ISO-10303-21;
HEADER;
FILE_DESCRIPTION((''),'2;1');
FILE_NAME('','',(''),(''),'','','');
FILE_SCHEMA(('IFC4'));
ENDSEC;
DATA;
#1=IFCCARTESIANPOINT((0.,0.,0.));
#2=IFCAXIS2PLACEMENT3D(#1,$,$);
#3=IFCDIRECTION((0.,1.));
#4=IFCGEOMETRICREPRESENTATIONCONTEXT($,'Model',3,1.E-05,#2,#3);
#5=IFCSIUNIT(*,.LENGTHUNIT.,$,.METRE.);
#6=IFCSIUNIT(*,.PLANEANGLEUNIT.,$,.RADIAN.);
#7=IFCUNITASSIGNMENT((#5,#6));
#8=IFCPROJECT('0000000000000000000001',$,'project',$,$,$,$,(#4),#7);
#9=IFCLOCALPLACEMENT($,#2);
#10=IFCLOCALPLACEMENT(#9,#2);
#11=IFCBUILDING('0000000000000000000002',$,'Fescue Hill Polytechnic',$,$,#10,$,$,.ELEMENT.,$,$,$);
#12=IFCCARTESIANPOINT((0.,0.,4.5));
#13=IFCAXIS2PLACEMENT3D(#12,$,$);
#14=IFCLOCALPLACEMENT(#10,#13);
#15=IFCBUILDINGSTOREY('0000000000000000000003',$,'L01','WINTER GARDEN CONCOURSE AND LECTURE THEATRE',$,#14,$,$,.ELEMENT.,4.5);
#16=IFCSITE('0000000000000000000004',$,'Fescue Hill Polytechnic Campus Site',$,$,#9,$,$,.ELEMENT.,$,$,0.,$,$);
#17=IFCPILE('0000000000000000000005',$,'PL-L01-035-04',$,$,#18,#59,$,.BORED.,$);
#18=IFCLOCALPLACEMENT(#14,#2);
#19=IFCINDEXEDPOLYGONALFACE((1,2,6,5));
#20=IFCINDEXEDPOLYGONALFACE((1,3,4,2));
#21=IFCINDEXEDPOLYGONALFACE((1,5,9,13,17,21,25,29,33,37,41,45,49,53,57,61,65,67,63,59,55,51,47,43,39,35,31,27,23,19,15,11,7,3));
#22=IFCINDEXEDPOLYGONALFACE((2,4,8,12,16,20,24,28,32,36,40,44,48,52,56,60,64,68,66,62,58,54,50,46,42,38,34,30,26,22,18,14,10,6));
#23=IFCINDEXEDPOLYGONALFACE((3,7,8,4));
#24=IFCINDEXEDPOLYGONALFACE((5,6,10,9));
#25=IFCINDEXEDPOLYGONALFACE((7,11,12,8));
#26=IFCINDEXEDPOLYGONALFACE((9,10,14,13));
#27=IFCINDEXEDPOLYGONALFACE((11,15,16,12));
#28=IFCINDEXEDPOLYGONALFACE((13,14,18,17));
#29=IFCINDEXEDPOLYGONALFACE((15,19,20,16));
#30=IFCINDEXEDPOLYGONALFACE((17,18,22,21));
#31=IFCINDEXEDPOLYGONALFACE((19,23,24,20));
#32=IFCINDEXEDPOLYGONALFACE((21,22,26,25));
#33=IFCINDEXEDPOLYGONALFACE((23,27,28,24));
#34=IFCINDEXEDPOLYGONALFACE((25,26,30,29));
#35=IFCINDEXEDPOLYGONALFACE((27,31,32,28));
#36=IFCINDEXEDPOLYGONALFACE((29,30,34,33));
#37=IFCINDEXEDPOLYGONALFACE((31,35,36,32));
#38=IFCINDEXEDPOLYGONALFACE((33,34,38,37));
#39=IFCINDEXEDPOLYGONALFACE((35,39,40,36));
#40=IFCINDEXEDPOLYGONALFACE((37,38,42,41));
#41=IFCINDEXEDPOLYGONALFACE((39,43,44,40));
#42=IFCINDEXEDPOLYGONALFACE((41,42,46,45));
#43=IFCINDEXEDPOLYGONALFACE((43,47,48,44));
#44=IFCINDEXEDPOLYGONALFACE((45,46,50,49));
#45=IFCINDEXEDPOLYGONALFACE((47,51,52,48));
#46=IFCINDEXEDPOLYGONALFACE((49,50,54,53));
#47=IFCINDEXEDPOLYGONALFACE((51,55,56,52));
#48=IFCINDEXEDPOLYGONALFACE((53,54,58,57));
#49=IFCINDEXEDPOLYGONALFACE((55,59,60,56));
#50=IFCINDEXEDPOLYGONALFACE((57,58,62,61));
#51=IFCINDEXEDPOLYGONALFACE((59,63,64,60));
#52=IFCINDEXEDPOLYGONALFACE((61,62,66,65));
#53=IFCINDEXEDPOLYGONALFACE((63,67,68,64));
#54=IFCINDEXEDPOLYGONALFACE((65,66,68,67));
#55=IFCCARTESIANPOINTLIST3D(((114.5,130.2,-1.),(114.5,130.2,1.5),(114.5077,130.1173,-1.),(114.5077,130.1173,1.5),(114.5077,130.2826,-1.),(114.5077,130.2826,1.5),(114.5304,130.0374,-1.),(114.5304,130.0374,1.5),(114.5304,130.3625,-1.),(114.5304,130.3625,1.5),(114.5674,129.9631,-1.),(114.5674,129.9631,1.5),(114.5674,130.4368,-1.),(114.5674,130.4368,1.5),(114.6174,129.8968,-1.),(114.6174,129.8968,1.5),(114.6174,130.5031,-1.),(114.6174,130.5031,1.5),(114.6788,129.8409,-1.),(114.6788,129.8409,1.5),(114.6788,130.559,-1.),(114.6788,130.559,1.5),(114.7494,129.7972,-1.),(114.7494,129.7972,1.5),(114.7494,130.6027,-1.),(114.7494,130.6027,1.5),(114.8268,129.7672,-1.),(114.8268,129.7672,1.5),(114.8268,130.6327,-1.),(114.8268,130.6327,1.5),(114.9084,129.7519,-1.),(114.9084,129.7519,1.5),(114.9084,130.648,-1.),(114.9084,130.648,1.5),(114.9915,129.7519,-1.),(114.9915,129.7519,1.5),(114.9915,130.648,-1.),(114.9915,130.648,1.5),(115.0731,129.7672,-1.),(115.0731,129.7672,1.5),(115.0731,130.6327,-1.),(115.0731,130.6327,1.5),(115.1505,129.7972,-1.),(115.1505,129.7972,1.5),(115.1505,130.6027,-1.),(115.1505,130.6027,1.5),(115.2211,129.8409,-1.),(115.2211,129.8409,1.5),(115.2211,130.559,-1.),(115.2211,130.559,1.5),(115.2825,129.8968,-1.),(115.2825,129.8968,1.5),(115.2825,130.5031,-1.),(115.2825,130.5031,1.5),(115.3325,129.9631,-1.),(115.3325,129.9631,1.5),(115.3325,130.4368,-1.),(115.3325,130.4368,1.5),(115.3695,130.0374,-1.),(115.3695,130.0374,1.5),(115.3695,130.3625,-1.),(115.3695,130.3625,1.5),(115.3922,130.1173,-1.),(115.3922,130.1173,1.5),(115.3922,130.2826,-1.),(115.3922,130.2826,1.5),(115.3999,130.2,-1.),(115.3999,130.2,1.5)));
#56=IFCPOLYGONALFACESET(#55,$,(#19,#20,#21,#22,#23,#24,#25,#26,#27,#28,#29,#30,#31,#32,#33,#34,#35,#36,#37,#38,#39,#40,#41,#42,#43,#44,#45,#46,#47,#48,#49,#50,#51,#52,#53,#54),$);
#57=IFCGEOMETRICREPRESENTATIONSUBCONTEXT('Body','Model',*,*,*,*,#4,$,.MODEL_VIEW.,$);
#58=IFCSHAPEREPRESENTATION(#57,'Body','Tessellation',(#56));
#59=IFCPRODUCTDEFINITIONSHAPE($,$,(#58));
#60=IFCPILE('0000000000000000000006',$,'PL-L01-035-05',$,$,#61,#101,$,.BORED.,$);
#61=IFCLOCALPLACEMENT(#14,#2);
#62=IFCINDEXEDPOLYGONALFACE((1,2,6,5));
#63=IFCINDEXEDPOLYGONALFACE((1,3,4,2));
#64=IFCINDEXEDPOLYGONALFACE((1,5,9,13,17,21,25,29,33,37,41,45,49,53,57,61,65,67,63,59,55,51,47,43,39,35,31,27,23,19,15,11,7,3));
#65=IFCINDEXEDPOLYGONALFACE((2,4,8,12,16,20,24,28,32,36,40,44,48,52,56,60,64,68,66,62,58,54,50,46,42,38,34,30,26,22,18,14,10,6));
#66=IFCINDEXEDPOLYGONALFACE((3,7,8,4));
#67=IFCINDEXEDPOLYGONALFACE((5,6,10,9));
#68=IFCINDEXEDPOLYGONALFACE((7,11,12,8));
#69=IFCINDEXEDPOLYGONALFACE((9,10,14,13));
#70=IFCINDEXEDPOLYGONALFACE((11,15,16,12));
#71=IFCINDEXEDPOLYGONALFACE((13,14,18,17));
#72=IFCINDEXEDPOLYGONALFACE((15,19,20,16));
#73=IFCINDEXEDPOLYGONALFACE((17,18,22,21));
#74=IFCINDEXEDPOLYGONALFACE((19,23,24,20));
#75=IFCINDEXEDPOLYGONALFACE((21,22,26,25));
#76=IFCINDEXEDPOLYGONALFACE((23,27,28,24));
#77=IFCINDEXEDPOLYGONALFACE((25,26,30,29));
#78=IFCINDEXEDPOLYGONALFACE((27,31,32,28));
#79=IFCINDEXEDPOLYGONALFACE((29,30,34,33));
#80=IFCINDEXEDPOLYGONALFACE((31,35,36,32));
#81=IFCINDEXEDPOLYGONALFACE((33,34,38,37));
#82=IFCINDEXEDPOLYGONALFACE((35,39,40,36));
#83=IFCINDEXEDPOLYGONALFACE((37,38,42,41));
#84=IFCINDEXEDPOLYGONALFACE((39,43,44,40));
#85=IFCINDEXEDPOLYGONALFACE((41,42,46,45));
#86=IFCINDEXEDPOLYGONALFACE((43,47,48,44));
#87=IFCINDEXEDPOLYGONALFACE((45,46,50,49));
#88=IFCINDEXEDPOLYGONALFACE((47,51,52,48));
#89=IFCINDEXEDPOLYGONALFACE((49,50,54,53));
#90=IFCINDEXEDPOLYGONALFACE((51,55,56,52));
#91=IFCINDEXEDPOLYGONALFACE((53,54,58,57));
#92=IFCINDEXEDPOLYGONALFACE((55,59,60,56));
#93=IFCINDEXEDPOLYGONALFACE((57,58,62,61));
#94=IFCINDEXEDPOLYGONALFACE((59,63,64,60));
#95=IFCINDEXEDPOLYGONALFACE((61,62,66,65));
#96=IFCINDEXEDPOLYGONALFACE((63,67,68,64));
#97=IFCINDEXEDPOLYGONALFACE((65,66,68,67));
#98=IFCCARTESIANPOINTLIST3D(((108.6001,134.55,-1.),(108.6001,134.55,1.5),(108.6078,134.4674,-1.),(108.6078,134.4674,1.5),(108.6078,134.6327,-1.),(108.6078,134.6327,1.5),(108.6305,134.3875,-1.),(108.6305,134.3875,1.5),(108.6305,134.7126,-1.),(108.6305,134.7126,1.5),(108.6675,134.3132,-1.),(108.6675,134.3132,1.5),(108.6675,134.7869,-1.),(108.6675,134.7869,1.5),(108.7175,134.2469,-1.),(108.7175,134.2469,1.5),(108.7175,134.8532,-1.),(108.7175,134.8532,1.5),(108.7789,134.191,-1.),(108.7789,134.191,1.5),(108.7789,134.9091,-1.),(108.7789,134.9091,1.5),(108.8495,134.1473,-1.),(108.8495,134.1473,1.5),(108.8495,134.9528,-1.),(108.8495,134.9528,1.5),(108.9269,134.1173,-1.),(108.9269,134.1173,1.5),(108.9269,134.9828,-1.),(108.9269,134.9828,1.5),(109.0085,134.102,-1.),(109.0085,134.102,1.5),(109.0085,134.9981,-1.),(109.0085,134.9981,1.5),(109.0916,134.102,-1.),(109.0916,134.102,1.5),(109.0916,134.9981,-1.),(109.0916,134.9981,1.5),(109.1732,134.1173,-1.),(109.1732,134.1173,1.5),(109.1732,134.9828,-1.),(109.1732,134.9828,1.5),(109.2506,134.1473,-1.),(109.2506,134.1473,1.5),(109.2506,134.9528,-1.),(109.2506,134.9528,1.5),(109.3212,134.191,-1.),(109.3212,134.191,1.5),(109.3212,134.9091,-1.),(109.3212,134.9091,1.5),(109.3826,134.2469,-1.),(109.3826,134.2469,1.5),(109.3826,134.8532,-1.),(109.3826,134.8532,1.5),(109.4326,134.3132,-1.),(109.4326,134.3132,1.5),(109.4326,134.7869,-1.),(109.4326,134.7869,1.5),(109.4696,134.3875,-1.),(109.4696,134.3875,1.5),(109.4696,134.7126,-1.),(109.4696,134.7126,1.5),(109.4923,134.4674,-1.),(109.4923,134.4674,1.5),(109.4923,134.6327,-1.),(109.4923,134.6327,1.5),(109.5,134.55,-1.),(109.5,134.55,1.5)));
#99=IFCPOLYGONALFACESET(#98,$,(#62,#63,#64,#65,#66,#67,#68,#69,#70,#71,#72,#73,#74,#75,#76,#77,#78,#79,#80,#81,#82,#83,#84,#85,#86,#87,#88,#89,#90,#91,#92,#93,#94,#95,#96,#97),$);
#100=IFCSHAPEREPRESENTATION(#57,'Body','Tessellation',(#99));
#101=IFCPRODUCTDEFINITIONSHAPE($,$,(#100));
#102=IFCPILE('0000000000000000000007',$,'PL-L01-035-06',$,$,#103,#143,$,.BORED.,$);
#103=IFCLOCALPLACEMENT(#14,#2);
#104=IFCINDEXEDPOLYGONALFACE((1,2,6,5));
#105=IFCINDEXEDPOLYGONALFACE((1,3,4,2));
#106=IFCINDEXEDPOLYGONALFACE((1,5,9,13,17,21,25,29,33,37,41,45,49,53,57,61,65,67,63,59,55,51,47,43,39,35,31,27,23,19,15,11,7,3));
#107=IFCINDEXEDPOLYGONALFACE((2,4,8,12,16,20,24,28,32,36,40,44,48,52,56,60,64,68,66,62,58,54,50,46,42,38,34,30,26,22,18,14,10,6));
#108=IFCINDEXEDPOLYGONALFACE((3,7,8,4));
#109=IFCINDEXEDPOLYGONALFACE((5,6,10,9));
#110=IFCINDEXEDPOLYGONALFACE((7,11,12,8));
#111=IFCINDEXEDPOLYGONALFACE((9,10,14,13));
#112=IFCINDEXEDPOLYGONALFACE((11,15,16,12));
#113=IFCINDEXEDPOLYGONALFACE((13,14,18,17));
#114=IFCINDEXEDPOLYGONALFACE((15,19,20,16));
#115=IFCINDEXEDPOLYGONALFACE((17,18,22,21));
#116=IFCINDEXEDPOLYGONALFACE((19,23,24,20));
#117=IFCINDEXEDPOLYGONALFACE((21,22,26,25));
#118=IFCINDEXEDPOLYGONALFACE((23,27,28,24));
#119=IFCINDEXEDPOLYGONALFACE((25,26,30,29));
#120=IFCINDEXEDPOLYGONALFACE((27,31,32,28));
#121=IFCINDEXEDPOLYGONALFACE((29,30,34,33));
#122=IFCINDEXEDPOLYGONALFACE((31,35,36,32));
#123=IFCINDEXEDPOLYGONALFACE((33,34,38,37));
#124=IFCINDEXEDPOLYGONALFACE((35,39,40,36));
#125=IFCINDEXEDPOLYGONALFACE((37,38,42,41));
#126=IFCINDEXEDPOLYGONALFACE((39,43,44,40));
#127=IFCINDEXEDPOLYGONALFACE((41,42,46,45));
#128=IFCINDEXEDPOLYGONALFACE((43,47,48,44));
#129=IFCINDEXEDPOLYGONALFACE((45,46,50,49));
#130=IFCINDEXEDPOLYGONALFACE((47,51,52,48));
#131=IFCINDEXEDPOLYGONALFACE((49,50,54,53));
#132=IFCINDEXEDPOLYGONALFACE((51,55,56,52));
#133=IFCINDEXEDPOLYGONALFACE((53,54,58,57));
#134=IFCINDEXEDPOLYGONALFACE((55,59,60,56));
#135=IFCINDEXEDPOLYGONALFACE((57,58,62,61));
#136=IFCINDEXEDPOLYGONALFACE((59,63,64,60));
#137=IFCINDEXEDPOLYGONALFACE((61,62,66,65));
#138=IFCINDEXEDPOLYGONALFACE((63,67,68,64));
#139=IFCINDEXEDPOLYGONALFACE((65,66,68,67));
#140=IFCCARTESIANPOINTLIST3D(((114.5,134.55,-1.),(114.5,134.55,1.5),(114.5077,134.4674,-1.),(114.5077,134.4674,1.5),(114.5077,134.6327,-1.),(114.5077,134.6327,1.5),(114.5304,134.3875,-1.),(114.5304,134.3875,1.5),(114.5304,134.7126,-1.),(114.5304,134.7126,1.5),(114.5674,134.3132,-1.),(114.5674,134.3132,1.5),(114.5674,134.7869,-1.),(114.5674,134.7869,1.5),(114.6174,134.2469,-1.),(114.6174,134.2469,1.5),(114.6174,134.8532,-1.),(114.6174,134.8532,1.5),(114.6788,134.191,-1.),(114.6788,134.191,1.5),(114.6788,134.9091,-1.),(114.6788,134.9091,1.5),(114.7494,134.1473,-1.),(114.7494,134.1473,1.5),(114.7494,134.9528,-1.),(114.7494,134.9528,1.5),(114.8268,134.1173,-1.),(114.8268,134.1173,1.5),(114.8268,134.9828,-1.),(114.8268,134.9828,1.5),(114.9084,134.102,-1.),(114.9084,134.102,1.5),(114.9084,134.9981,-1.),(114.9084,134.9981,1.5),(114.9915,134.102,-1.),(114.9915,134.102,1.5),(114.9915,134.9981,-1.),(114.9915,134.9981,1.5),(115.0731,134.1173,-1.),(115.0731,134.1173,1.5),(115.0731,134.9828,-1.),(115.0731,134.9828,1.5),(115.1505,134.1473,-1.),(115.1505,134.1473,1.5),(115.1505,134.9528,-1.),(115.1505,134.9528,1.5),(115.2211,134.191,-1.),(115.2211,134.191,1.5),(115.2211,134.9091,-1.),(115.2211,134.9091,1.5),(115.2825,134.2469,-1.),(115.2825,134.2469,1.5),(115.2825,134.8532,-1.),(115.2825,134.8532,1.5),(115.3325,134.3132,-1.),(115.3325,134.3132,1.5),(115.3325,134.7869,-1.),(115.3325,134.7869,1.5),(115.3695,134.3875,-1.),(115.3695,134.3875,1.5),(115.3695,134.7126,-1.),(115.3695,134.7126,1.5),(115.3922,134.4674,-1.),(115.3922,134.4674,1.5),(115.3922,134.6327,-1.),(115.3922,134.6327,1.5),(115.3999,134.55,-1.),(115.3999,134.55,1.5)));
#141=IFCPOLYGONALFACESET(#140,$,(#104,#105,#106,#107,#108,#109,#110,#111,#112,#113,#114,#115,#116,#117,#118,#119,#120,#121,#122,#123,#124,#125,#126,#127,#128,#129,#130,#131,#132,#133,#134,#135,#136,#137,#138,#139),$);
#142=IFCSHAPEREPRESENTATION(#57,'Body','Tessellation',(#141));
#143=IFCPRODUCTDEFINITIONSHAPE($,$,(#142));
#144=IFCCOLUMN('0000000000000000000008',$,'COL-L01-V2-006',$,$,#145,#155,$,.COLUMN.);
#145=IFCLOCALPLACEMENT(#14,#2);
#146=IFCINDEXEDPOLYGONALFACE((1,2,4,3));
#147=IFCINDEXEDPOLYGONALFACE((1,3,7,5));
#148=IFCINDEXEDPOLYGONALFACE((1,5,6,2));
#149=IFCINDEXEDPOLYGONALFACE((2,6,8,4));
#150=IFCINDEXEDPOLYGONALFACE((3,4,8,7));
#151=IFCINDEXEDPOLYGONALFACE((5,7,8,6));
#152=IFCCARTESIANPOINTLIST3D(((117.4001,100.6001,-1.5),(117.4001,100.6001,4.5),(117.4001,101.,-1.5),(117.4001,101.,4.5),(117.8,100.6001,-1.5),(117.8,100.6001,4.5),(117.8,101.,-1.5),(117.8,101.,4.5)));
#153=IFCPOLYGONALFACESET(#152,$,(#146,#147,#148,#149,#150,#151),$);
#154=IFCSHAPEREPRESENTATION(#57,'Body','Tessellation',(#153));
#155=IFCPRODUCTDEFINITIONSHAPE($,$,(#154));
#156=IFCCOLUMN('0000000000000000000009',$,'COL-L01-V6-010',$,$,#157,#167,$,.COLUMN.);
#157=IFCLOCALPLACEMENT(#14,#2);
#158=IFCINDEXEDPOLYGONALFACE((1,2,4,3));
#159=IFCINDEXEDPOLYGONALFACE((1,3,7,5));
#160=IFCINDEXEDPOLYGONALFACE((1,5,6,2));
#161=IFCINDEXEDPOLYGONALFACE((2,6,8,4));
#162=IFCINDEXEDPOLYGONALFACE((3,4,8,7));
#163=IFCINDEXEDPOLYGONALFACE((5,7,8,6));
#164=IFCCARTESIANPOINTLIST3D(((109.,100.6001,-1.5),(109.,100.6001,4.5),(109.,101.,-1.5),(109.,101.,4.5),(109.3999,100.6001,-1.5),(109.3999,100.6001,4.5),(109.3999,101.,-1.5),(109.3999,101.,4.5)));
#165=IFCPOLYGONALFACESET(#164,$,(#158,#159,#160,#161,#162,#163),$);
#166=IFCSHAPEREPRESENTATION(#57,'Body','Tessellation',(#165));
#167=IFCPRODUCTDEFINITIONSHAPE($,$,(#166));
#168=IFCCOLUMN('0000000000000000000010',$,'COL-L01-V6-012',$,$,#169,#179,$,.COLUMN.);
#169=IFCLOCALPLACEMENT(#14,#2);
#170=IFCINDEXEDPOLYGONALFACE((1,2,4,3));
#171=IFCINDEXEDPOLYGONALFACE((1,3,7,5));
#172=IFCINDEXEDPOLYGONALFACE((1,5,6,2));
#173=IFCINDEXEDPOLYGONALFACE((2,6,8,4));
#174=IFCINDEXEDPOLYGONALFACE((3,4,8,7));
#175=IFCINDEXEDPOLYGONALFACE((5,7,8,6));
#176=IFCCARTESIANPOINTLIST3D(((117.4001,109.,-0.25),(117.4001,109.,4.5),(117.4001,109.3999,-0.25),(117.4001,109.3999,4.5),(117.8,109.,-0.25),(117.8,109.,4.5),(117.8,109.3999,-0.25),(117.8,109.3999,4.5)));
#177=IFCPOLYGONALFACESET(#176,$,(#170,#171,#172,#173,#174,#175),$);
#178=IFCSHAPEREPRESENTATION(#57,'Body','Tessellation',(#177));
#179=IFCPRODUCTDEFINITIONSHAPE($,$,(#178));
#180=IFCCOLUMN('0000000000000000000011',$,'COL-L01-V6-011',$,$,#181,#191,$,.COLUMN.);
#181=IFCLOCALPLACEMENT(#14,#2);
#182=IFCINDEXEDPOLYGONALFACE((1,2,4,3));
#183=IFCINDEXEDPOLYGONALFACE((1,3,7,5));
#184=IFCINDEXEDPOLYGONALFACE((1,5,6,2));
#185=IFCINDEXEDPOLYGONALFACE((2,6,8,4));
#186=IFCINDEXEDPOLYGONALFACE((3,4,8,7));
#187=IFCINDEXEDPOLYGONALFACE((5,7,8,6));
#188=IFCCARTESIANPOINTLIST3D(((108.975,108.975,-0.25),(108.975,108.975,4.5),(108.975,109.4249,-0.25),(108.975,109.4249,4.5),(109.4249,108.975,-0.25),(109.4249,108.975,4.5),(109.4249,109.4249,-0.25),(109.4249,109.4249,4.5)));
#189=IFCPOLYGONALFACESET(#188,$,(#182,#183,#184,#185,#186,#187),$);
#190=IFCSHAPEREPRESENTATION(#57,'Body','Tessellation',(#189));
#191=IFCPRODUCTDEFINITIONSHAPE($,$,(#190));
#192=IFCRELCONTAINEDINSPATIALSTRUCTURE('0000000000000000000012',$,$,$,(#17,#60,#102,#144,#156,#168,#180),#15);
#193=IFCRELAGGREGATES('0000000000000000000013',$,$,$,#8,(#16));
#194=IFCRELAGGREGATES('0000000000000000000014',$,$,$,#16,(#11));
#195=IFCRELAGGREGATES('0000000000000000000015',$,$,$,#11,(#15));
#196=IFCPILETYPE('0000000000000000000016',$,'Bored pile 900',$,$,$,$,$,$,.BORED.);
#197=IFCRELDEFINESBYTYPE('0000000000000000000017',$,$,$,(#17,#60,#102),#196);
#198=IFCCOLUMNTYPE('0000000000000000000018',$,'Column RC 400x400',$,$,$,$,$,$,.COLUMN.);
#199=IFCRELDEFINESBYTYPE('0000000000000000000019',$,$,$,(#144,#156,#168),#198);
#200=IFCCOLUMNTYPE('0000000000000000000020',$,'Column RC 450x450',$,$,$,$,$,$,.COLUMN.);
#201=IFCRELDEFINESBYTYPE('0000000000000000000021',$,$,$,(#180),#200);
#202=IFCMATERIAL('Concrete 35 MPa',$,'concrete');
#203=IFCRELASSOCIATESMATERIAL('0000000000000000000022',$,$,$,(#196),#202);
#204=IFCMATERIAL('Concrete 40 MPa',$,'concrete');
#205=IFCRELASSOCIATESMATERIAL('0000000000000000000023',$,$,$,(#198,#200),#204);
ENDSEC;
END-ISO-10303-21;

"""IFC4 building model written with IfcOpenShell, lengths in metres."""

from ifc_helpers import new_model, si_unit, direction, frame, origin, origin_2d, place, context, subcontext, project, spatial, rectangle, circle, extrude, material, material_profile, profile_set, type_object, element, save


model = new_model("IFC4")

# Units and contexts
model_context = context("Model", 3, precision=1e-05, world=origin(), true_north=direction((0.0, 1.0)))
body_context = subcontext(model_context, "Body", "Model", "MODEL_VIEW")
ifc_project = project(units=[si_unit("LENGTHUNIT", "METRE"), si_unit("PLANEANGLEUNIT", "RADIAN")], contexts=[model_context])

# Site, building, storey
site_placement = place(None, origin())
site = spatial("IfcSite", under=ifc_project, at=site_placement, Name="Fescue Hill Polytechnic Campus Site", CompositionType="ELEMENT", RefElevation=0.0)
building_placement = place(site_placement, origin())
building = spatial("IfcBuilding", under=site, at=building_placement, Name="Fescue Hill Polytechnic", CompositionType="ELEMENT")
storey_placement = place(building_placement, frame((0.0, 0.0, 4.5)))
storey = spatial("IfcBuildingStorey", under=building, at=storey_placement, Name="L01", Description="WINTER GARDEN CONCOURSE AND LECTURE THEATRE", CompositionType="ELEMENT", Elevation=4.5)

# Piles
ifc_material_1 = material(Name="Concrete 35 MPa", Category="concrete")
ifc_material_profile_1 = material_profile(ifc_material_1, circle(Radius=0.45, at=origin_2d()), Name="Bored pile 900")
ifc_profile_set_1 = profile_set([ifc_material_profile_1], Name="Concrete 35 MPa")
pile_type = type_object("IfcPileType", Name="Bored pile 900", PredefinedType="BORED", material=ifc_profile_set_1)
for number, where, z_axis, x_axis, name in (
    (1, (114.95, 130.2, 1.5), (0.0, 0.0, -1.0), (1.0, 0.0, 0.0), "PL-L01-035-04"),
    (2, (109.05, 134.55, 1.5), (0.0, 0.0, -1.0), (1.0, 0.0, 0.0), "PL-L01-035-05"),
    (3, (114.95, 134.55, 1.5), (0.0, 0.0, -1.0), (1.0, 0.0, 0.0), "PL-L01-035-06"),
):
    element("IfcPile", number, at=place(storey_placement, frame(where, z_axis=z_axis, x_axis=x_axis)), inside=storey, type_object=pile_type, Name=name, PredefinedType="BORED", context=body_context, shape_type="SweptSolid", body=[
        extrude(circle(Radius=0.45, at=origin_2d()), origin(), (0.0, 0.0, 1.0), 2.5),
    ])

# Columns
ifc_material_2 = material(Name="Concrete 40 MPa", Category="concrete")
ifc_material_profile_2 = material_profile(ifc_material_2, rectangle(XDim=0.3999, YDim=0.3999, at=origin_2d()), Name="RC 400x400")
ifc_profile_set_2 = profile_set([ifc_material_profile_2], Name="Concrete 40 MPa")
column_type_1 = type_object("IfcColumnType", Name="Column RC 400x400", PredefinedType="COLUMN", material=ifc_profile_set_2)
for number, where, z_axis, x_axis, name in (
    (4, (117.6001, 100.8, -1.5), (0.0, 0.0, 1.0), (1.0, 0.0, 0.0), "COL-L01-V2-006"),
    (5, (109.2, 100.8, -1.5), (0.0, 0.0, 1.0), (1.0, 0.0, 0.0), "COL-L01-V6-010"),
):
    element("IfcColumn", number, at=place(storey_placement, frame(where, z_axis=z_axis, x_axis=x_axis)), inside=storey, type_object=column_type_1, Name=name, PredefinedType="COLUMN", context=body_context, shape_type="SweptSolid", body=[
        extrude(rectangle(XDim=0.3999, YDim=0.3999, at=origin_2d()), origin(), (0.0, 0.0, 1.0), 6.0),
    ])
column_1_placement = place(storey_placement, frame((117.6001, 109.2, -0.25), z_axis=(0.0, 0.0, 1.0), x_axis=(1.0, 0.0, 0.0)))
element("IfcColumn", 6, at=column_1_placement, inside=storey, type_object=column_type_1, Name="COL-L01-V6-012", PredefinedType="COLUMN", context=body_context, shape_type="SweptSolid", body=[
    extrude(rectangle(XDim=0.3999, YDim=0.3999, at=origin_2d()), origin(), (0.0, 0.0, 1.0), 4.75),
])
ifc_material_profile_3 = material_profile(ifc_material_2, rectangle(XDim=0.45, YDim=0.45, at=origin_2d()), Name="RC 450x450")
ifc_profile_set_3 = profile_set([ifc_material_profile_3], Name="Concrete 40 MPa")
column_type_2 = type_object("IfcColumnType", Name="Column RC 450x450", PredefinedType="COLUMN", material=ifc_profile_set_3)
column_2_placement = place(storey_placement, frame((109.2, 109.2, -0.25), z_axis=(0.0, 0.0, 1.0), x_axis=(1.0, 0.0, 0.0)))
element("IfcColumn", 7, at=column_2_placement, inside=storey, type_object=column_type_2, Name="COL-L01-V6-011", PredefinedType="COLUMN", context=body_context, shape_type="SweptSolid", body=[
    extrude(rectangle(XDim=0.45, YDim=0.45, at=origin_2d()), origin(), (0.0, 0.0, 1.0), 4.75),
])

save(model, "model.ifc")
